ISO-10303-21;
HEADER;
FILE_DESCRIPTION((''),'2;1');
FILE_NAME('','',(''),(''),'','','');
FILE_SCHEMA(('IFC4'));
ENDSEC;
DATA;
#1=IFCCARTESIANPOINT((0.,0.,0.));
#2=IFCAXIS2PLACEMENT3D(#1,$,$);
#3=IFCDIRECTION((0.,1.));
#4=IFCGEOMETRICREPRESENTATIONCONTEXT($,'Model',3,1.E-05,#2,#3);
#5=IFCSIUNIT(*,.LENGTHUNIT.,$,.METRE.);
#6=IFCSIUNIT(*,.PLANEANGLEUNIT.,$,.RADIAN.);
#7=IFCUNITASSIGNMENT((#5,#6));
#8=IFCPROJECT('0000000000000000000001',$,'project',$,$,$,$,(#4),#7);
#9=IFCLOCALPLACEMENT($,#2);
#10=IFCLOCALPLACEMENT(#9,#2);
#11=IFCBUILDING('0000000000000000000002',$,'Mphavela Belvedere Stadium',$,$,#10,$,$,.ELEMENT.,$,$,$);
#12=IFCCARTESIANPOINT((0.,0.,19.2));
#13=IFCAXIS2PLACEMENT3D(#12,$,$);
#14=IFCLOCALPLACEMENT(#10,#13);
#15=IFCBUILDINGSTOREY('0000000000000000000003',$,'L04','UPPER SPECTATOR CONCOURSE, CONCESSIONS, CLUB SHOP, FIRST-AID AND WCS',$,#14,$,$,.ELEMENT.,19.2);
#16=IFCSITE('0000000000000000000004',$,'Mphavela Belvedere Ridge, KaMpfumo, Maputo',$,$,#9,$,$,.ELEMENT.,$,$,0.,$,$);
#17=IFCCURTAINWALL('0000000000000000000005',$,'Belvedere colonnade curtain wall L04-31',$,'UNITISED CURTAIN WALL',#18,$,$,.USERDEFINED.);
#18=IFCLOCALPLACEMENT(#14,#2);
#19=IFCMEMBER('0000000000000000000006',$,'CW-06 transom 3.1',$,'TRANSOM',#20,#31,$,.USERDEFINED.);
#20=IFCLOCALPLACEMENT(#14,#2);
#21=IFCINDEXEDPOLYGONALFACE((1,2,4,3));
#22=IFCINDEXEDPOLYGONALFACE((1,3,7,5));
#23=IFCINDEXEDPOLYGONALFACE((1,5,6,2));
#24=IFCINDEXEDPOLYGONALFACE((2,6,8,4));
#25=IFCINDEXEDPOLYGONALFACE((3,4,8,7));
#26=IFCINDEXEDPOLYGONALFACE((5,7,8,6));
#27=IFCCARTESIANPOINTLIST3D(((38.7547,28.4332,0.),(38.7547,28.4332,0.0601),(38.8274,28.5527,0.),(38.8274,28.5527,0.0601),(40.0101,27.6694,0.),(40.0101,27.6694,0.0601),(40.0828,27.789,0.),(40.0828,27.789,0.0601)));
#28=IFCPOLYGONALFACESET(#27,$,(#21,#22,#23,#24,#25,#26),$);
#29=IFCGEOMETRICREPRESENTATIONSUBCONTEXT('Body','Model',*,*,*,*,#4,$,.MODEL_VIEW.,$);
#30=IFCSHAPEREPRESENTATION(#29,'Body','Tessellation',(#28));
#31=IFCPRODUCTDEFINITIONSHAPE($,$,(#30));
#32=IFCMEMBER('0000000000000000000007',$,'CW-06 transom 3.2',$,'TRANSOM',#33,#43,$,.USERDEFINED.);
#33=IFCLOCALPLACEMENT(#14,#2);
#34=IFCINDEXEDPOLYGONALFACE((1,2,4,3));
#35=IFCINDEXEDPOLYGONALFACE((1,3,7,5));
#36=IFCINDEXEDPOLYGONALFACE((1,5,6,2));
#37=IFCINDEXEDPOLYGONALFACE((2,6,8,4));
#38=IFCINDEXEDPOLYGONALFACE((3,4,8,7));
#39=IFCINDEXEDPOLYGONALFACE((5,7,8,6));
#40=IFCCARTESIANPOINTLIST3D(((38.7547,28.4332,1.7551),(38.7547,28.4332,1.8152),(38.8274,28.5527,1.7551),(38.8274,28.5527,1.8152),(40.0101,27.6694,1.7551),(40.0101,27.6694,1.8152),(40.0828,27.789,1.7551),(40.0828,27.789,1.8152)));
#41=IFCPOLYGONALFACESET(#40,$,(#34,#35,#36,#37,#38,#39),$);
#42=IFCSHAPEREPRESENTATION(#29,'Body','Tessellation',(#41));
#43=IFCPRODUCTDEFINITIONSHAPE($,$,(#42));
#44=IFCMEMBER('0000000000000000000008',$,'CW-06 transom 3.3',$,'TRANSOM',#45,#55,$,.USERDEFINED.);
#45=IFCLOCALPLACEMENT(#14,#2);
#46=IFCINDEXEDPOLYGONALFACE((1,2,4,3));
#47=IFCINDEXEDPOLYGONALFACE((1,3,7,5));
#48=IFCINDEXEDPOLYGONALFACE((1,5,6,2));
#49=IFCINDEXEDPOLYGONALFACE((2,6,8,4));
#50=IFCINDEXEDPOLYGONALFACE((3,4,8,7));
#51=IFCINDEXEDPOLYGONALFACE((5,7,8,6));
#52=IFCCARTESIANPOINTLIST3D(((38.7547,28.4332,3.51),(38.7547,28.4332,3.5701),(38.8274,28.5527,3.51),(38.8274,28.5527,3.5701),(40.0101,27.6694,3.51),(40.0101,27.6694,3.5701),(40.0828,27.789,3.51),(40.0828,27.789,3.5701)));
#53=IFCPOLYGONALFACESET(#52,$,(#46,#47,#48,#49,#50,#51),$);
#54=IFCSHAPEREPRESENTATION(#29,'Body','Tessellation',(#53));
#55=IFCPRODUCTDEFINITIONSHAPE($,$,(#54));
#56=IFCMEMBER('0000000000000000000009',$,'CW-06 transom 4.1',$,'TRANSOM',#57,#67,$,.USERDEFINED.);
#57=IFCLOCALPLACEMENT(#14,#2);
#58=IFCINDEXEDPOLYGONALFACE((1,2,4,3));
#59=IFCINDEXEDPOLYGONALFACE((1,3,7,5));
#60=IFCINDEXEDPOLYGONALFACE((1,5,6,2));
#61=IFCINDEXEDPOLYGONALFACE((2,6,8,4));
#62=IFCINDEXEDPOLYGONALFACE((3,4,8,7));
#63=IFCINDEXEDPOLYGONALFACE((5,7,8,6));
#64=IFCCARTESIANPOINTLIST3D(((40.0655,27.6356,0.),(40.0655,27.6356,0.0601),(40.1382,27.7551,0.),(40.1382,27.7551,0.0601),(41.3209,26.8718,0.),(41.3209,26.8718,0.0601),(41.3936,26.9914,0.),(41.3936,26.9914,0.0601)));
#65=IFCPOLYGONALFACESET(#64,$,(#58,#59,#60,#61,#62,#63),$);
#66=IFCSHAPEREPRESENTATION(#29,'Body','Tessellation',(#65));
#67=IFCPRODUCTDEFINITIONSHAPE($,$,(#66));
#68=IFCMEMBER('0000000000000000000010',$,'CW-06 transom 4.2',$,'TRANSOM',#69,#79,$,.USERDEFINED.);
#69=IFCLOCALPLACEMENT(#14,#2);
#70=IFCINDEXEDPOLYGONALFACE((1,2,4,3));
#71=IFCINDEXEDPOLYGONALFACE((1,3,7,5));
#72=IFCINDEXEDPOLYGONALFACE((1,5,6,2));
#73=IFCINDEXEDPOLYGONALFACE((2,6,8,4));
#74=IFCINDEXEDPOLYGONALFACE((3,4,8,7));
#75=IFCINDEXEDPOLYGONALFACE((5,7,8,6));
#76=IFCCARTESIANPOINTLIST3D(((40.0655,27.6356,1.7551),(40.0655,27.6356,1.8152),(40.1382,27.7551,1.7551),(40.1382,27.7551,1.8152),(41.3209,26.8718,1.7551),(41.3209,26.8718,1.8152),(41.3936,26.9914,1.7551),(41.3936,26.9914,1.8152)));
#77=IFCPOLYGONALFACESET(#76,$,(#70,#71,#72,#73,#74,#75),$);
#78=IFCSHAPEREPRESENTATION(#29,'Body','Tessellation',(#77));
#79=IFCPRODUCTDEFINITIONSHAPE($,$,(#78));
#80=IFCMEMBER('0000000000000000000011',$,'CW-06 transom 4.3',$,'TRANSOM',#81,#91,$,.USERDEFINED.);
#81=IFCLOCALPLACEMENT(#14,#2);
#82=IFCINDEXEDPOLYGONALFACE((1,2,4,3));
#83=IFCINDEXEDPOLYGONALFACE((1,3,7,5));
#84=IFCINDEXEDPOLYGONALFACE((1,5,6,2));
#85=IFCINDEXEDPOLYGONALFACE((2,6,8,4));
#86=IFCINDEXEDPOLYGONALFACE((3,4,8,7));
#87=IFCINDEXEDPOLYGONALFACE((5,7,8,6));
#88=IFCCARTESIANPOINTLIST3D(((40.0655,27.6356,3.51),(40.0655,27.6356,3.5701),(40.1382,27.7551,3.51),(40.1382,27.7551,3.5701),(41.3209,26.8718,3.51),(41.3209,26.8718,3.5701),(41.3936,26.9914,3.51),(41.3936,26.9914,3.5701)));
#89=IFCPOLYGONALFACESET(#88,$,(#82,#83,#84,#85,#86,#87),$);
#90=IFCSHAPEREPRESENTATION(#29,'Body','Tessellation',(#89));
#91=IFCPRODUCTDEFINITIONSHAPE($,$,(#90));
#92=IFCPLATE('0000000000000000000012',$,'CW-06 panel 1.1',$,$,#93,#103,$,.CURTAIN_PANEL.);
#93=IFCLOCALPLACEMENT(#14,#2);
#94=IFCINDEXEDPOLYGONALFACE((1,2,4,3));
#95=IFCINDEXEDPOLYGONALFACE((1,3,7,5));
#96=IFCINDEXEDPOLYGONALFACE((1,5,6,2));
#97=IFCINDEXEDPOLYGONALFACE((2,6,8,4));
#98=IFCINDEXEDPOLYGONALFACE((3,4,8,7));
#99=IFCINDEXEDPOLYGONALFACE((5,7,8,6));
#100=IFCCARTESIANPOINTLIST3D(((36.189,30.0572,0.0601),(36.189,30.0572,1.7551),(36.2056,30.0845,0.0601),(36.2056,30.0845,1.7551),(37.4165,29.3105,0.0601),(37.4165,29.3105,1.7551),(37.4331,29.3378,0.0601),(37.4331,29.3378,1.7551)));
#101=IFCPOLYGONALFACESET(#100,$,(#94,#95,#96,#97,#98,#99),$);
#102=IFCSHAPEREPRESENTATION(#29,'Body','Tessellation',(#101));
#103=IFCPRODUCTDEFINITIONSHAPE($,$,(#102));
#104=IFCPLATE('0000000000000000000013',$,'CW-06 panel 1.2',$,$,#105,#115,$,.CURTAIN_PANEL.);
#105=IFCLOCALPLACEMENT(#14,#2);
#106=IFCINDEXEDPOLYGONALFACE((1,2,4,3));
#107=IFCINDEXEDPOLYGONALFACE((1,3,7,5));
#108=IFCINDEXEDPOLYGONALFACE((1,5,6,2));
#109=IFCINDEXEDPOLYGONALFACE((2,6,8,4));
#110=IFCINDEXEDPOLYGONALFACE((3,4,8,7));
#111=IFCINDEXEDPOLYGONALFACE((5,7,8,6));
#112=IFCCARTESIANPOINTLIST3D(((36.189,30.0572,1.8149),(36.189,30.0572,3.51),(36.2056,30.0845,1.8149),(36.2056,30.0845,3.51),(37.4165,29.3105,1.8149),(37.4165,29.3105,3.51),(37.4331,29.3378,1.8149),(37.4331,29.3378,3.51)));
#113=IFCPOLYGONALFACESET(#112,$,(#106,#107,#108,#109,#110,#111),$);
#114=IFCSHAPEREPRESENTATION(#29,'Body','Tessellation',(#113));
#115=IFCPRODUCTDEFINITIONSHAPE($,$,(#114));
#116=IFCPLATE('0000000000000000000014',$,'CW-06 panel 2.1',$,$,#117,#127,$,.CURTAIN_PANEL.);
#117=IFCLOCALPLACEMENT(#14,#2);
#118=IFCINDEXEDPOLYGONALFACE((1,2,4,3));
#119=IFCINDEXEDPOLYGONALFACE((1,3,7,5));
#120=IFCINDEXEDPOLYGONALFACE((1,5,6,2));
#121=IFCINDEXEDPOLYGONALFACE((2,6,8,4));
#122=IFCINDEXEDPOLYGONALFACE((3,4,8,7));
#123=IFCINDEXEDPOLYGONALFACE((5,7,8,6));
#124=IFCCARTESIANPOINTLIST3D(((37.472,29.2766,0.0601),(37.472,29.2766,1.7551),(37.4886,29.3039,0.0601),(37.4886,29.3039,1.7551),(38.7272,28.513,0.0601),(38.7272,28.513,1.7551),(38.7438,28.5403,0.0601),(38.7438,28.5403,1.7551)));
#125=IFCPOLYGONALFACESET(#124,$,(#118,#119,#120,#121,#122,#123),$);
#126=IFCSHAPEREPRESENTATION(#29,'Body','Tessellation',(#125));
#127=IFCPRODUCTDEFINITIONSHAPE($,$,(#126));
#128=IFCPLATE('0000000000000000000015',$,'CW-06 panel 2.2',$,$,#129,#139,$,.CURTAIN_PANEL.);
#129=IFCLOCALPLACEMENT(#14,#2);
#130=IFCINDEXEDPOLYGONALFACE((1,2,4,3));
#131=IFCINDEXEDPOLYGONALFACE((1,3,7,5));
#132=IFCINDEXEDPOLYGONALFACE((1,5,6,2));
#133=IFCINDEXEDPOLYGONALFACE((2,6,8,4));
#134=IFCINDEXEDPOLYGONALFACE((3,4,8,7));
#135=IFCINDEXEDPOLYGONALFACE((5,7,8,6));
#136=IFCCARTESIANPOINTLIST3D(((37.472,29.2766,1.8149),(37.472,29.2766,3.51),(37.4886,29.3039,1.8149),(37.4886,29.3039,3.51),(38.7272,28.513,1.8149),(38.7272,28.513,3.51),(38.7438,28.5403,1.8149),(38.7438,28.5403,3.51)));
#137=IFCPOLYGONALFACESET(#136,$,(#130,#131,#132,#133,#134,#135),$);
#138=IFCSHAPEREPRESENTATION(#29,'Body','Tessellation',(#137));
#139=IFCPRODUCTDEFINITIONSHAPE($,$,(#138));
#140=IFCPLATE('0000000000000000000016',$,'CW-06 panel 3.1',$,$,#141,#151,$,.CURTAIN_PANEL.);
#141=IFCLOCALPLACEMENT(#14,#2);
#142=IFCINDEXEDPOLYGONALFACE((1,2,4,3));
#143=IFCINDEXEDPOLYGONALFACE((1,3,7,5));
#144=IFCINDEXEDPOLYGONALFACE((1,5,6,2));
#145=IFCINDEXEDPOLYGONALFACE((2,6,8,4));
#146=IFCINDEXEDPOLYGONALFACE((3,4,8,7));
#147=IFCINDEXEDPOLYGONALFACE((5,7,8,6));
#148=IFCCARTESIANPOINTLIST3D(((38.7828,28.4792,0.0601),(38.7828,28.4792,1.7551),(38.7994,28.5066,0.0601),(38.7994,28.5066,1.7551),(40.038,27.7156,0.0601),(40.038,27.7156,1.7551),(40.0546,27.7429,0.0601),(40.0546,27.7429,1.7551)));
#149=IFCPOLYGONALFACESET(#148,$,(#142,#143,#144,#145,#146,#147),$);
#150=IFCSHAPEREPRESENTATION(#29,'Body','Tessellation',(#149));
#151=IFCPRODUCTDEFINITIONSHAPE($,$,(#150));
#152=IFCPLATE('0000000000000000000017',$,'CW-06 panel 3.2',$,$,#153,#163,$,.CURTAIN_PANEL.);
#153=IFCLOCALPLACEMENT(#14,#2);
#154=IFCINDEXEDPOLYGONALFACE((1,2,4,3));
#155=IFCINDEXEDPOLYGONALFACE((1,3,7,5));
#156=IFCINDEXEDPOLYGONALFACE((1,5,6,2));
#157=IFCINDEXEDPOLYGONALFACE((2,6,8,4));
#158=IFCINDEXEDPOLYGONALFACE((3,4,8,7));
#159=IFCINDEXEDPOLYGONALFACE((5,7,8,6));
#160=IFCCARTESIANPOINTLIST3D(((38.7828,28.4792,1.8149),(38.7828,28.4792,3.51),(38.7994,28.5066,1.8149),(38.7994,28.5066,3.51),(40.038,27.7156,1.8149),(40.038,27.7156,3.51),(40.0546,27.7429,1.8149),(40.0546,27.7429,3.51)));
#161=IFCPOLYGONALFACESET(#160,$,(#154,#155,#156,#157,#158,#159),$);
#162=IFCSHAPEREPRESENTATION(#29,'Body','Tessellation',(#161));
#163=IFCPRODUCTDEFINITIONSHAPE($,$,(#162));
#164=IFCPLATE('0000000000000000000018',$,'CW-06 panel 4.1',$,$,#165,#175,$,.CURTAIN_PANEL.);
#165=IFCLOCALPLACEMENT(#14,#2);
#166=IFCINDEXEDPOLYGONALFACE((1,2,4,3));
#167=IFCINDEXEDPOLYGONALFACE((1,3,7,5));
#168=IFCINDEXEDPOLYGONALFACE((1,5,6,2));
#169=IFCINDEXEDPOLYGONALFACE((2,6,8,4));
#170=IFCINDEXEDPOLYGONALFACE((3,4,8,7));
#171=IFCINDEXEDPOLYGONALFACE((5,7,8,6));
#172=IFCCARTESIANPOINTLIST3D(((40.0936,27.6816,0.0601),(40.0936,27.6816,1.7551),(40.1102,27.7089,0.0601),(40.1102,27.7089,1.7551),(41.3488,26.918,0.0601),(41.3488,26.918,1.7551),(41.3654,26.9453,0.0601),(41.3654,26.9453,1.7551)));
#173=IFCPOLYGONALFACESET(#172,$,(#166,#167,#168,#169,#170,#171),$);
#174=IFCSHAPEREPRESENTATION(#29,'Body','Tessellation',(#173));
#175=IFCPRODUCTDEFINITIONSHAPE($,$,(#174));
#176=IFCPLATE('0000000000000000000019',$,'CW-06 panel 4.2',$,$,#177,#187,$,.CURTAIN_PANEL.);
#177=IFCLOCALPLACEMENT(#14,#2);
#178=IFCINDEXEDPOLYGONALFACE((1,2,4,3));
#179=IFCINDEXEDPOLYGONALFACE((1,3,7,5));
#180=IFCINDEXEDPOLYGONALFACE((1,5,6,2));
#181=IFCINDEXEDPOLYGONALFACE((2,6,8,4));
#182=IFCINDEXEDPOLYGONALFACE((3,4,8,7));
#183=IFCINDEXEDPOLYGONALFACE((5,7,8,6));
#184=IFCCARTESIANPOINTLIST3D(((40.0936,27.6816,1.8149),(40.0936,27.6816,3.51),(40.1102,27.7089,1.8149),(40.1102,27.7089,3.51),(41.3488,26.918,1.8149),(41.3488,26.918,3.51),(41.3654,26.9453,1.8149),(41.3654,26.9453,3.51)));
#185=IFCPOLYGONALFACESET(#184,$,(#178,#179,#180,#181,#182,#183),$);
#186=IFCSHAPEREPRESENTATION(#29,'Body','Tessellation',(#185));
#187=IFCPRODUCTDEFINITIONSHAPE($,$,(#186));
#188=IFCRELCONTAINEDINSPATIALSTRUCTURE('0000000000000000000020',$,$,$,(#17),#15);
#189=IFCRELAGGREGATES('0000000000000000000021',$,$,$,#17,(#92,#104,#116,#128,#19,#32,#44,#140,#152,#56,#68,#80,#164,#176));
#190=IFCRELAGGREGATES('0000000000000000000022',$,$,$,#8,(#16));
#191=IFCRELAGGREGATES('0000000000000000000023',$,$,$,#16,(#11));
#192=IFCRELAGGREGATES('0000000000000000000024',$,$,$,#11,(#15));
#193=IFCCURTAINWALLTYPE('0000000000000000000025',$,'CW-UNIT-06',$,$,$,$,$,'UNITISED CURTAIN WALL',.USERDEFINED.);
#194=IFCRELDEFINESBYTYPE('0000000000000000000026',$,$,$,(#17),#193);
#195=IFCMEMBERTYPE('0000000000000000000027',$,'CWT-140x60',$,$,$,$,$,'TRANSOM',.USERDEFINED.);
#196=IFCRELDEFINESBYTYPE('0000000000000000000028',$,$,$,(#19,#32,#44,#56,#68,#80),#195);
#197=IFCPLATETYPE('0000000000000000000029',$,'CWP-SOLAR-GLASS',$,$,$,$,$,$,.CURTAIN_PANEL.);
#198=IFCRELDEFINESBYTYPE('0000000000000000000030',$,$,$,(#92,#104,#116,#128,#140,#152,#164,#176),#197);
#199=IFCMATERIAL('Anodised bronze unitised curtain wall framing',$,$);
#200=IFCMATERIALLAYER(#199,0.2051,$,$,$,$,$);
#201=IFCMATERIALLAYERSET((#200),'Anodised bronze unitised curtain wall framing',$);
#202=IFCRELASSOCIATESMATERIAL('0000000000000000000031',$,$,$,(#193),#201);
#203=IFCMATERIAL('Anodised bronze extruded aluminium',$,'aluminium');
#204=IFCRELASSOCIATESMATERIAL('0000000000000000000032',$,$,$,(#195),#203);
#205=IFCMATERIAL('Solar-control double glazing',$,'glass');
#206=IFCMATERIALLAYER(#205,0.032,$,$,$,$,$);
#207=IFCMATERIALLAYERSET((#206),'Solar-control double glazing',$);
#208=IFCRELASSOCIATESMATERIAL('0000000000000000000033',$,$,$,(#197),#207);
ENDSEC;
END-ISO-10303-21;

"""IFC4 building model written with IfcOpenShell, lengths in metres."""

from ifc_helpers import new_model, si_unit, direction, frame, origin, origin_2d, place, context, subcontext, project, spatial, rectangle, extrude, material, layer, layer_set, material_profile, profile_set, type_object, element, aggregate, save


model = new_model("IFC4")

# Units and contexts
model_context = context("Model", 3, precision=1e-05, world=origin(), true_north=direction((0.0, 1.0)))
body_context = subcontext(model_context, "Body", "Model", "MODEL_VIEW")
ifc_project = project(units=[si_unit("LENGTHUNIT", "METRE"), si_unit("PLANEANGLEUNIT", "RADIAN")], contexts=[model_context])

# Site, building, storey
site_placement = place(None, origin())
site = spatial("IfcSite", under=ifc_project, at=site_placement, Name="Mphavela Belvedere Ridge, KaMpfumo, Maputo", CompositionType="ELEMENT", RefElevation=0.0)
building_placement = place(site_placement, origin())
building = spatial("IfcBuilding", under=site, at=building_placement, Name="Mphavela Belvedere Stadium", CompositionType="ELEMENT")
storey_placement = place(building_placement, frame((0.0, 0.0, 19.2)))
storey = spatial("IfcBuildingStorey", under=building, at=storey_placement, Name="L04", Description="UPPER SPECTATOR CONCOURSE, CONCESSIONS, CLUB SHOP, FIRST-AID AND WCS", CompositionType="ELEMENT", Elevation=19.2)

# Curtain wall, members, plates
ifc_material_1 = material(Name="Anodised bronze unitised curtain wall framing")
ifc_layer_1 = layer(ifc_material_1, 0.2051)
ifc_layer_set_1 = layer_set([ifc_layer_1], Name="Anodised bronze unitised curtain wall framing")
curtain_wall_type = type_object("IfcCurtainWallType", Name="CW-UNIT-06", ElementType="UNITISED CURTAIN WALL", PredefinedType="USERDEFINED", material=ifc_layer_set_1)
curtain_wall_placement = place(storey_placement, origin())
curtain_wall = element("IfcCurtainWall", 1, at=curtain_wall_placement, inside=storey, type_object=curtain_wall_type, Name="Belvedere colonnade curtain wall L04-31", ObjectType="UNITISED CURTAIN WALL", PredefinedType="USERDEFINED")
ifc_material_2 = material(Name="Anodised bronze extruded aluminium", Category="aluminium")
ifc_material_profile_1 = material_profile(ifc_material_2, rectangle(XDim=0.1399, YDim=0.0601, at=origin_2d()), Name="CW-TRN 140x60")
ifc_profile_set_1 = profile_set([ifc_material_profile_1], Name="Anodised bronze extruded aluminium")
member_type_1 = type_object("IfcMemberType", Name="CWT-140x60", ElementType="TRANSOM", PredefinedType="USERDEFINED", material=ifc_profile_set_1)
member_1_placement = place(storey_placement, frame((38.791, 28.4929, 0.03), z_axis=(0.85434, -0.519715, 0.0), x_axis=(0.519715, 0.85434, 0.0)))
member_1 = element("IfcMember", 2, at=member_1_placement, type_object=member_type_1, Name="CW-06 transom 3.1", ObjectType="TRANSOM", PredefinedType="USERDEFINED", context=body_context, shape_type="SweptSolid", body=[
    extrude(rectangle(XDim=0.1399, YDim=0.0601, at=origin_2d()), origin(), (0.0, 0.0, 1.0), 1.4695),
])
member_2_placement = place(storey_placement, frame((38.791, 28.4929, 1.7852), z_axis=(0.85434, -0.519715, 0.0), x_axis=(0.519715, 0.85434, 0.0)))
member_2 = element("IfcMember", 3, at=member_2_placement, type_object=member_type_1, Name="CW-06 transom 3.2", ObjectType="TRANSOM", PredefinedType="USERDEFINED", context=body_context, shape_type="SweptSolid", body=[
    extrude(rectangle(XDim=0.1399, YDim=0.0601, at=origin_2d()), origin(), (0.0, 0.0, 1.0), 1.4695),
])
member_3_placement = place(storey_placement, frame((38.791, 28.4929, 3.54), z_axis=(0.85434, -0.519715, 0.0), x_axis=(0.519715, 0.85434, 0.0)))
member_3 = element("IfcMember", 4, at=member_3_placement, type_object=member_type_1, Name="CW-06 transom 3.3", ObjectType="TRANSOM", PredefinedType="USERDEFINED", context=body_context, shape_type="SweptSolid", body=[
    extrude(rectangle(XDim=0.1399, YDim=0.0601, at=origin_2d()), origin(), (0.0, 0.0, 1.0), 1.4695),
])
member_4_placement = place(storey_placement, frame((40.1018, 27.6953, 0.03), z_axis=(0.85434, -0.519715, 0.0), x_axis=(0.519715, 0.85434, 0.0)))
member_4 = element("IfcMember", 5, at=member_4_placement, type_object=member_type_1, Name="CW-06 transom 4.1", ObjectType="TRANSOM", PredefinedType="USERDEFINED", context=body_context, shape_type="SweptSolid", body=[
    extrude(rectangle(XDim=0.1399, YDim=0.0601, at=origin_2d()), origin(), (0.0, 0.0, 1.0), 1.4695),
])
member_5_placement = place(storey_placement, frame((40.1018, 27.6953, 1.7852), z_axis=(0.85434, -0.519715, 0.0), x_axis=(0.519715, 0.85434, 0.0)))
member_5 = element("IfcMember", 6, at=member_5_placement, type_object=member_type_1, Name="CW-06 transom 4.2", ObjectType="TRANSOM", PredefinedType="USERDEFINED", context=body_context, shape_type="SweptSolid", body=[
    extrude(rectangle(XDim=0.1399, YDim=0.0601, at=origin_2d()), origin(), (0.0, 0.0, 1.0), 1.4695),
])
member_6_placement = place(storey_placement, frame((40.1018, 27.6953, 3.54), z_axis=(0.85434, -0.519715, 0.0), x_axis=(0.519715, 0.85434, 0.0)))
member_6 = element("IfcMember", 7, at=member_6_placement, type_object=member_type_1, Name="CW-06 transom 4.3", ObjectType="TRANSOM", PredefinedType="USERDEFINED", context=body_context, shape_type="SweptSolid", body=[
    extrude(rectangle(XDim=0.1399, YDim=0.0601, at=origin_2d()), origin(), (0.0, 0.0, 1.0), 1.4695),
])
ifc_material_3 = material(Name="Solar-control double glazing", Category="glass")
ifc_layer_2 = layer(ifc_material_3, 0.032)
ifc_layer_set_2 = layer_set([ifc_layer_2], Name="Solar-control double glazing")
plate_type = type_object("IfcPlateType", Name="CWP-SOLAR-GLASS", PredefinedType="CURTAIN_PANEL", material=ifc_layer_set_2)
plate_1_placement = place(storey_placement, frame((36.811, 29.6975, 0.0601), z_axis=(0.0, 0.0, 1.0), x_axis=(0.854327, -0.519735, 0.0)))
plate_1 = element("IfcPlate", 8, at=plate_1_placement, type_object=plate_type, Name="CW-06 panel 1.1", PredefinedType="CURTAIN_PANEL", context=body_context, shape_type="SweptSolid", body=[
    extrude(rectangle(XDim=1.4368, YDim=0.032, at=origin_2d()), origin(), (0.0, 0.0, 1.0), 1.6951),
])
plate_2_placement = place(storey_placement, frame((36.811, 29.6975, 1.8149), z_axis=(0.0, 0.0, 1.0), x_axis=(0.854327, -0.519735, 0.0)))
plate_2 = element("IfcPlate", 9, at=plate_2_placement, type_object=plate_type, Name="CW-06 panel 1.2", PredefinedType="CURTAIN_PANEL", context=body_context, shape_type="SweptSolid", body=[
    extrude(rectangle(XDim=1.4368, YDim=0.032, at=origin_2d()), origin(), (0.0, 0.0, 1.0), 1.6951),
])
plate_3_placement = place(storey_placement, frame((38.1079, 28.9084, 0.0601), z_axis=(0.0, 0.0, 1.0), x_axis=(0.854327, -0.519735, 0.0)))
plate_3 = element("IfcPlate", 10, at=plate_3_placement, type_object=plate_type, Name="CW-06 panel 2.1", PredefinedType="CURTAIN_PANEL", context=body_context, shape_type="SweptSolid", body=[
    extrude(rectangle(XDim=1.4692, YDim=0.032, at=origin_2d()), origin(), (0.0, 0.0, 1.0), 1.6951),
])
plate_4_placement = place(storey_placement, frame((38.1079, 28.9084, 1.8149), z_axis=(0.0, 0.0, 1.0), x_axis=(0.854327, -0.519735, 0.0)))
plate_4 = element("IfcPlate", 11, at=plate_4_placement, type_object=plate_type, Name="CW-06 panel 2.2", PredefinedType="CURTAIN_PANEL", context=body_context, shape_type="SweptSolid", body=[
    extrude(rectangle(XDim=1.4692, YDim=0.032, at=origin_2d()), origin(), (0.0, 0.0, 1.0), 1.6951),
])
plate_5_placement = place(storey_placement, frame((39.4187, 28.1111, 0.0601), z_axis=(0.0, 0.0, 1.0), x_axis=(0.854327, -0.519735, 0.0)))
plate_5 = element("IfcPlate", 12, at=plate_5_placement, type_object=plate_type, Name="CW-06 panel 3.1", PredefinedType="CURTAIN_PANEL", context=body_context, shape_type="SweptSolid", body=[
    extrude(rectangle(XDim=1.4692, YDim=0.032, at=origin_2d()), origin(), (0.0, 0.0, 1.0), 1.6951),
])
plate_6_placement = place(storey_placement, frame((39.4187, 28.1111, 1.8149), z_axis=(0.0, 0.0, 1.0), x_axis=(0.854327, -0.519735, 0.0)))
plate_6 = element("IfcPlate", 13, at=plate_6_placement, type_object=plate_type, Name="CW-06 panel 3.2", PredefinedType="CURTAIN_PANEL", context=body_context, shape_type="SweptSolid", body=[
    extrude(rectangle(XDim=1.4692, YDim=0.032, at=origin_2d()), origin(), (0.0, 0.0, 1.0), 1.6951),
])
plate_7_placement = place(storey_placement, frame((40.7295, 27.3135, 0.0601), z_axis=(0.0, 0.0, 1.0), x_axis=(0.854327, -0.519735, 0.0)))
plate_7 = element("IfcPlate", 14, at=plate_7_placement, type_object=plate_type, Name="CW-06 panel 4.1", PredefinedType="CURTAIN_PANEL", context=body_context, shape_type="SweptSolid", body=[
    extrude(rectangle(XDim=1.4692, YDim=0.032, at=origin_2d()), origin(), (0.0, 0.0, 1.0), 1.6951),
])
plate_8_placement = place(storey_placement, frame((40.7295, 27.3135, 1.8149), z_axis=(0.0, 0.0, 1.0), x_axis=(0.854327, -0.519735, 0.0)))
plate_8 = element("IfcPlate", 15, at=plate_8_placement, type_object=plate_type, Name="CW-06 panel 4.2", PredefinedType="CURTAIN_PANEL", context=body_context, shape_type="SweptSolid", body=[
    extrude(rectangle(XDim=1.4692, YDim=0.032, at=origin_2d()), origin(), (0.0, 0.0, 1.0), 1.6951),
])
aggregate(curtain_wall, [plate_1, plate_2, plate_3, plate_4, member_1, member_2, member_3, plate_5, plate_6, member_4, member_5, member_6, plate_7, plate_8])

save(model, "model.ifc")
